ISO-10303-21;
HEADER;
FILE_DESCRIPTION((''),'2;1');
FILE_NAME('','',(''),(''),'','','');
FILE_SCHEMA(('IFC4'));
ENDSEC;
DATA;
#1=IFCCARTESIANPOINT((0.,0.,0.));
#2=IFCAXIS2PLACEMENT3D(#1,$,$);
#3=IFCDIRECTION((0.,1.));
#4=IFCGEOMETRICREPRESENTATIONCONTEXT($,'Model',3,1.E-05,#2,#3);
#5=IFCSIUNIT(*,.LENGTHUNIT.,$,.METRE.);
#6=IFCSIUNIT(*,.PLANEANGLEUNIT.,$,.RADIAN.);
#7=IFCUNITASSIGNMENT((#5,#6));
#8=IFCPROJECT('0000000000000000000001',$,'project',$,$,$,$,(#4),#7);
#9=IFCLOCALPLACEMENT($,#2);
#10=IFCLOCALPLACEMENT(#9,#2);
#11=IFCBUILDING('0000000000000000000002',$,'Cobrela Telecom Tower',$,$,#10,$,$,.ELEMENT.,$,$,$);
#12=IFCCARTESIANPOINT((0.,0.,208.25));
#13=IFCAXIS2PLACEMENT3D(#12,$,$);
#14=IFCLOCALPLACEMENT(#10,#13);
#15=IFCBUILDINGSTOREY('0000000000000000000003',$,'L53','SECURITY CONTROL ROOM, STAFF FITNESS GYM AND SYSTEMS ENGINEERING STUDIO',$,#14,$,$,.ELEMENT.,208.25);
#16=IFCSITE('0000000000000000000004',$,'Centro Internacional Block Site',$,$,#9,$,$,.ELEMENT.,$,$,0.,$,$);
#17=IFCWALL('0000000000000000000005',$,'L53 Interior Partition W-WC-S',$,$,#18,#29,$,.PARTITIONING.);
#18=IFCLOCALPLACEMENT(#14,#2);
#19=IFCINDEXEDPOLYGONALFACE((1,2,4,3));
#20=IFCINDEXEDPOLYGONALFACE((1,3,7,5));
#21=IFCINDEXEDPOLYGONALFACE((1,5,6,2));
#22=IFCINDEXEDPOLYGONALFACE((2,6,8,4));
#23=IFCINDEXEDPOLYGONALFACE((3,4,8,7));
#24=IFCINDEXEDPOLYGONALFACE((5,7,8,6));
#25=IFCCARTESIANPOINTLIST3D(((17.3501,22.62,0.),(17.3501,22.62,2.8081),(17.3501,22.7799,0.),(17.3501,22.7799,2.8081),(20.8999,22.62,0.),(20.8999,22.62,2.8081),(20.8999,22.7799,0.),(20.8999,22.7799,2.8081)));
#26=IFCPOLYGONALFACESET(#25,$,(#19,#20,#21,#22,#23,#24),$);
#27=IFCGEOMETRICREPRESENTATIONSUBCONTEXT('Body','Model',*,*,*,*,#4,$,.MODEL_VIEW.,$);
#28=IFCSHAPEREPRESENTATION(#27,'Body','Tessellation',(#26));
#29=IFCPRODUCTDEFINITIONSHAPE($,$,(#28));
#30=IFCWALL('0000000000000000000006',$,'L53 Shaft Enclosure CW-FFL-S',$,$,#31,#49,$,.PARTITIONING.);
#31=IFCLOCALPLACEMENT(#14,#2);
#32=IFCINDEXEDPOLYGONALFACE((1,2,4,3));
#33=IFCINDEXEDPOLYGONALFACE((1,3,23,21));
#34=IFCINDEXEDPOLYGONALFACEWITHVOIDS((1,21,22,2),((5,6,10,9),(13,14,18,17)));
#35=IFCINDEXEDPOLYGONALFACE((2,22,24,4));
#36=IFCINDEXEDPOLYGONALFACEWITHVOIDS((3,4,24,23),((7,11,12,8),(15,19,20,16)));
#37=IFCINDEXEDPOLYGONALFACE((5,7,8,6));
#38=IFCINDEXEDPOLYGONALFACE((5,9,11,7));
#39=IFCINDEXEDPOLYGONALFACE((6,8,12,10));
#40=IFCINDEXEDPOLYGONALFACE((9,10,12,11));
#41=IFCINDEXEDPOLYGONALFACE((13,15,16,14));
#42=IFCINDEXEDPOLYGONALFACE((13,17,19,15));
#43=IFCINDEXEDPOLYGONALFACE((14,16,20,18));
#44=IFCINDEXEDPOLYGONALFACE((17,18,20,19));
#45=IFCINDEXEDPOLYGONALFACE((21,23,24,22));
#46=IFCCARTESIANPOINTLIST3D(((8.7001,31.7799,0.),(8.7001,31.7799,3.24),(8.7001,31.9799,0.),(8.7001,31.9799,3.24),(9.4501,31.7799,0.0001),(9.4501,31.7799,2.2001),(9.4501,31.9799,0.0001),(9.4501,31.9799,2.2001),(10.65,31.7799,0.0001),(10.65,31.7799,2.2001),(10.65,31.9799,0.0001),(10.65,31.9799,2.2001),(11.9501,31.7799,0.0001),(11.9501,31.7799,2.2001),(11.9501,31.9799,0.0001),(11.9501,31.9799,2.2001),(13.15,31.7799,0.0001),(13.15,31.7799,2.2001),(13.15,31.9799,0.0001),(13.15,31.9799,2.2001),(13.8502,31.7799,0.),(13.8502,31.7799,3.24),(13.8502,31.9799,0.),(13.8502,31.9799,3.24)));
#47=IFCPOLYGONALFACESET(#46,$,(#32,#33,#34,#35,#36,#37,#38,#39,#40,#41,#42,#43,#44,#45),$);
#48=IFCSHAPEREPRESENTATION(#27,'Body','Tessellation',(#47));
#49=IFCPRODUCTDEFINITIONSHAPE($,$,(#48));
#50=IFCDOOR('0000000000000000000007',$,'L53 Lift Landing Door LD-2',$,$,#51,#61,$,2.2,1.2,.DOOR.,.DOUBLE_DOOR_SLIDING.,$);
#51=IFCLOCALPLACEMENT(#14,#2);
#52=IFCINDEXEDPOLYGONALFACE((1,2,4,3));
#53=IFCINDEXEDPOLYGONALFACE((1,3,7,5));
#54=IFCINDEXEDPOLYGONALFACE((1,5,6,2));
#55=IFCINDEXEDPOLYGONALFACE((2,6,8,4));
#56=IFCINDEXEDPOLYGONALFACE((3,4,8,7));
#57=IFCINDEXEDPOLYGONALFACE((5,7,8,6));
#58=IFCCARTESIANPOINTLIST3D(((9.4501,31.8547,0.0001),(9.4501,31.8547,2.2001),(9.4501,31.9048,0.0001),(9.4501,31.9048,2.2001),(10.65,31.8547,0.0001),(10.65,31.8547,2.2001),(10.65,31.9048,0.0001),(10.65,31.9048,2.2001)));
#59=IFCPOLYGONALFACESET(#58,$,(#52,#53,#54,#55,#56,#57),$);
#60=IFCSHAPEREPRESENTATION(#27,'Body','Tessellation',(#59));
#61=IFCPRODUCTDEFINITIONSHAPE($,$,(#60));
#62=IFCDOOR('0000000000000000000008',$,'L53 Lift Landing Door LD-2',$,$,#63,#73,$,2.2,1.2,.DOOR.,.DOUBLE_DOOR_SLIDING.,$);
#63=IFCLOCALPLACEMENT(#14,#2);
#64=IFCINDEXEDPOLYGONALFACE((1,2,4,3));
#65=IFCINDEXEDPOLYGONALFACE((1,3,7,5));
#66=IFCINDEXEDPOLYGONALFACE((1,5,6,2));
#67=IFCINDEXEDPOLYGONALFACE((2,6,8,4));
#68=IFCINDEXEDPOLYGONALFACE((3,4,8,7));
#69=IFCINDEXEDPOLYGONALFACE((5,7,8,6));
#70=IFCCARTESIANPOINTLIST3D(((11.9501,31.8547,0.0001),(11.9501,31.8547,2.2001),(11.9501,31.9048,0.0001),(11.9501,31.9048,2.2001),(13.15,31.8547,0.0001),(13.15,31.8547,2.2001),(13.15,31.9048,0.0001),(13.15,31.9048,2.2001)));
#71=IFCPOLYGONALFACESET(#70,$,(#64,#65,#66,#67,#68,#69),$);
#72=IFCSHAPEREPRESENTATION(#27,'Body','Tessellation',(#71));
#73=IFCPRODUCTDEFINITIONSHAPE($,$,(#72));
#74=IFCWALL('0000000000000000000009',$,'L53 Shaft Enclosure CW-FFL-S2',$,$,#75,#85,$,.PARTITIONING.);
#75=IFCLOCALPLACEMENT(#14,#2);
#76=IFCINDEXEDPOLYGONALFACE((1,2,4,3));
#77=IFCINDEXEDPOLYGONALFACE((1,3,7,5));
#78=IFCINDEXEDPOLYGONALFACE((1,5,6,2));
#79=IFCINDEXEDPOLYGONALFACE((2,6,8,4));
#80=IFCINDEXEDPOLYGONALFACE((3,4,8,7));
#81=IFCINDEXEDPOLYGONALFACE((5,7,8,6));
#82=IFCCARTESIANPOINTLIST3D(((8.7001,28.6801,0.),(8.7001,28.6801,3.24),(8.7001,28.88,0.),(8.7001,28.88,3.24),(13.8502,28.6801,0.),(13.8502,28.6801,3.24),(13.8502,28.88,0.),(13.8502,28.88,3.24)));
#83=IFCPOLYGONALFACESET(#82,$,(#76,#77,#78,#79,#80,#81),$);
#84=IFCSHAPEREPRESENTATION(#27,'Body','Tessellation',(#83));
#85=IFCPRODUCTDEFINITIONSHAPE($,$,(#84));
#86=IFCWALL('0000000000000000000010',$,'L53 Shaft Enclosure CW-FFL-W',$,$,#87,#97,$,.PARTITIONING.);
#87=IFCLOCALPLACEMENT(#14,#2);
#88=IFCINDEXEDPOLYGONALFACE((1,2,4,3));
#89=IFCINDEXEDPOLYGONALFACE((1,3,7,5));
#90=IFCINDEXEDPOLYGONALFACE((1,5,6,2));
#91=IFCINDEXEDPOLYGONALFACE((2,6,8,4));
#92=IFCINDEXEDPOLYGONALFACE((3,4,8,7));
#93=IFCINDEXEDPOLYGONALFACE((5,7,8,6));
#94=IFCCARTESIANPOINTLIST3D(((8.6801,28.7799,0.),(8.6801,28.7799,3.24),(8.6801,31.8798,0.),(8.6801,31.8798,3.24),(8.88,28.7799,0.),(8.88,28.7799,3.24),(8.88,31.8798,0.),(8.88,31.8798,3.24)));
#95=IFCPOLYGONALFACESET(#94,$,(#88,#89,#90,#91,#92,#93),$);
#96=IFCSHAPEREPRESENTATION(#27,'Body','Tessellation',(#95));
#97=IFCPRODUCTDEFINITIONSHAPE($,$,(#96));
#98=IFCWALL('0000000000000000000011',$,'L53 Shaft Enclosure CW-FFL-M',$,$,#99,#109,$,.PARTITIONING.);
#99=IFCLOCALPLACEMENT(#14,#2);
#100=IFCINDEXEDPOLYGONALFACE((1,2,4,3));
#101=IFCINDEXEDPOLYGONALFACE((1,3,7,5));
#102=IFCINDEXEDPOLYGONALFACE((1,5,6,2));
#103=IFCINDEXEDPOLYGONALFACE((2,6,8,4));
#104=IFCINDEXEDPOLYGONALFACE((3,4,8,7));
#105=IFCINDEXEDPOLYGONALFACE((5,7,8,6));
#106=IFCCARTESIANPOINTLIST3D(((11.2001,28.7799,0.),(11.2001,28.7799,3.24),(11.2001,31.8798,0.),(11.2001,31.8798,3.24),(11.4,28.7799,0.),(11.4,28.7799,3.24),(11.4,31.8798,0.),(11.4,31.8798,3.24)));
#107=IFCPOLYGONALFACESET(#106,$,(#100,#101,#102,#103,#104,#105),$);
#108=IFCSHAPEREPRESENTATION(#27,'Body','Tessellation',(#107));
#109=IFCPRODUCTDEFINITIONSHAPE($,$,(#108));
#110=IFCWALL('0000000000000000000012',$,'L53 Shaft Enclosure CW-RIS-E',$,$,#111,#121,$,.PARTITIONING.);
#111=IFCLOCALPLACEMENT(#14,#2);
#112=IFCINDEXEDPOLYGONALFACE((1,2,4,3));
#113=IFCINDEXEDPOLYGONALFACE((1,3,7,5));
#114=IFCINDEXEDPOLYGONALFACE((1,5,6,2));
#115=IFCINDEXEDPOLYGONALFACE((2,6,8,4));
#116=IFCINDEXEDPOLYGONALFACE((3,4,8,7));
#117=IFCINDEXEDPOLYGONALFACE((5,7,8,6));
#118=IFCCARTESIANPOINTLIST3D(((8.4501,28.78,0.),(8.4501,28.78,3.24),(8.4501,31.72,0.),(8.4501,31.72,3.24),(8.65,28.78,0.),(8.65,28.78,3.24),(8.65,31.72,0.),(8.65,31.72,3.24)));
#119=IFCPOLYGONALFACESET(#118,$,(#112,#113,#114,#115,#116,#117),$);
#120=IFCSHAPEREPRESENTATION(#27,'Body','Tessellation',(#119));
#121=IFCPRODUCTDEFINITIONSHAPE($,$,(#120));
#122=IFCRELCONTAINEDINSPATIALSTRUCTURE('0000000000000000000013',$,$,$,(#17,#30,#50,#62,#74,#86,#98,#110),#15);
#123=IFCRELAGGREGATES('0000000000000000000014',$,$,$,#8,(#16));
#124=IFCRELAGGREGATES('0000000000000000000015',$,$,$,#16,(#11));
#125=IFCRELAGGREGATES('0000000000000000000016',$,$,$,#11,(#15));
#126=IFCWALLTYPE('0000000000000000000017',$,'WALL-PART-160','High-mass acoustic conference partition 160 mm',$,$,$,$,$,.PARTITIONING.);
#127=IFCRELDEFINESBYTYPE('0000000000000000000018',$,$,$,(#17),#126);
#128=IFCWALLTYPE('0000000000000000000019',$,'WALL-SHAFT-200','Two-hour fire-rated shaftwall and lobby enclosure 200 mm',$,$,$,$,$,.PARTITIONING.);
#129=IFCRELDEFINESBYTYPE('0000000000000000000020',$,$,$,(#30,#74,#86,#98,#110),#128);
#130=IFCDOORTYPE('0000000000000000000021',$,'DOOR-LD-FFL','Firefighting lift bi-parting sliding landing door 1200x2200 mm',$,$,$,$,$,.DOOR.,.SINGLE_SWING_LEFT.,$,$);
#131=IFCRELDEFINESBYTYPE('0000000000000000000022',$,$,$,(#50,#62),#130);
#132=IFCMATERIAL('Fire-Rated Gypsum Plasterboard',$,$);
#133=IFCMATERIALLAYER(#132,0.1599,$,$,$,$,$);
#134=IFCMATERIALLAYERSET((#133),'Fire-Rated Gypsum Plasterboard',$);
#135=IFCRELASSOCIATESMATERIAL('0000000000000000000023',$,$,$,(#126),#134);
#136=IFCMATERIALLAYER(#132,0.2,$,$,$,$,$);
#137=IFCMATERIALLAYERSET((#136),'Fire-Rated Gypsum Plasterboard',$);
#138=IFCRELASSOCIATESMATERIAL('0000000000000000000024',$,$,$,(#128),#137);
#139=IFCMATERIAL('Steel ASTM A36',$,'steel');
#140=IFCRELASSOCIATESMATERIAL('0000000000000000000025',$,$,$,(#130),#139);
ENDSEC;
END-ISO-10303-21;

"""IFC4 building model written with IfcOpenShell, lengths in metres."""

from ifc_helpers import new_model, si_unit, direction, frame, frame_2d, origin, place, context, subcontext, project, spatial, rectangle, extrude, material, layer, layer_set, type_object, element, fill, save


model = new_model("IFC4")

# Units and contexts
model_context = context("Model", 3, precision=1e-05, world=origin(), true_north=direction((0.0, 1.0)))
body_context = subcontext(model_context, "Body", "Model", "MODEL_VIEW")
ifc_project = project(units=[si_unit("LENGTHUNIT", "METRE"), si_unit("PLANEANGLEUNIT", "RADIAN")], contexts=[model_context])

# Site, building, storey
site_placement = place(None, origin())
site = spatial("IfcSite", under=ifc_project, at=site_placement, Name="Centro Internacional Block Site", CompositionType="ELEMENT", RefElevation=0.0)
building_placement = place(site_placement, origin())
building = spatial("IfcBuilding", under=site, at=building_placement, Name="Cobrela Telecom Tower", CompositionType="ELEMENT")
storey_placement = place(building_placement, frame((0.0, 0.0, 208.25)))
storey = spatial("IfcBuildingStorey", under=building, at=storey_placement, Name="L53", Description="SECURITY CONTROL ROOM, STAFF FITNESS GYM AND SYSTEMS ENGINEERING STUDIO", CompositionType="ELEMENT", Elevation=208.25)

# Shared definitions
ifc_material_1 = material(Name="Steel ASTM A36", Category="steel")

# Shared definitions
ifc_material_2 = material(Name="Fire-Rated Gypsum Plasterboard")

# Wall
ifc_layer_1 = layer(ifc_material_2, 0.1599)
ifc_layer_set_1 = layer_set([ifc_layer_1], Name="Fire-Rated Gypsum Plasterboard")
wall_type_1 = type_object("IfcWallType", Name="WALL-PART-160", Description="High-mass acoustic conference partition 160 mm", PredefinedType="PARTITIONING", material=ifc_layer_set_1)
wall_1_placement = place(storey_placement, frame((17.3501, 22.7, 0.0), z_axis=(0.0, 0.0, 1.0), x_axis=(1.0, 0.0, 0.0)))
element("IfcWall", 1, at=wall_1_placement, inside=storey, type_object=wall_type_1, Name="L53 Interior Partition W-WC-S", PredefinedType="PARTITIONING", context=body_context, shape_type="SweptSolid", body=[
    extrude(rectangle(XDim=3.5498, YDim=0.1599, at=frame_2d((1.7749, 0.0))), origin(), (0.0, 0.0, 1.0), 2.8081),
])

# Wall, openings, doors
ifc_layer_2 = layer(ifc_material_2, 0.2)
ifc_layer_set_2 = layer_set([ifc_layer_2], Name="Fire-Rated Gypsum Plasterboard")
wall_type_2 = type_object("IfcWallType", Name="WALL-SHAFT-200", Description="Two-hour fire-rated shaftwall and lobby enclosure 200 mm", PredefinedType="PARTITIONING", material=ifc_layer_set_2)
wall_2_placement = place(storey_placement, frame((8.7, 31.8799, 0.0), z_axis=(0.0, 0.0, 1.0), x_axis=(1.0, 0.0, 0.0)))
wall_2 = element("IfcWall", 2, at=wall_2_placement, inside=storey, type_object=wall_type_2, Name="L53 Shaft Enclosure CW-FFL-S", PredefinedType="PARTITIONING", context=body_context, shape_type="SweptSolid", body=[
    extrude(rectangle(XDim=5.1501, YDim=0.2, at=frame_2d((2.5752, 0.0))), origin(), (0.0, 0.0, 1.0), 3.24),
])
opening_1_placement = place(wall_2_placement, frame((0.75, 0.0, 0.0)))
opening_1 = element("IfcOpeningElement", 3, at=opening_1_placement, cuts=wall_2, PredefinedType="OPENING", context=body_context, shape_type="SweptSolid", body=[
    extrude(rectangle(XDim=1.2, YDim=2.2, at=frame_2d((0.6001, 1.1001))), frame((0.0, 0.1118, 0.0), z_axis=(0.0, -1.0, 0.0), x_axis=(1.0, 0.0, 0.0)), (0.0, 0.0, 1.0), 0.2239),
])
opening_2_placement = place(wall_2_placement, frame((3.25, 0.0, 0.0)))
opening_2 = element("IfcOpeningElement", 4, at=opening_2_placement, cuts=wall_2, PredefinedType="OPENING", context=body_context, shape_type="SweptSolid", body=[
    extrude(rectangle(XDim=1.2, YDim=2.2, at=frame_2d((0.6001, 1.1001))), frame((0.0, 0.1118, 0.0), z_axis=(0.0, -1.0, 0.0), x_axis=(1.0, 0.0, 0.0)), (0.0, 0.0, 1.0), 0.2239),
])
door_type_1 = type_object("IfcDoorType", Name="DOOR-LD-FFL", Description="Firefighting lift bi-parting sliding landing door 1200x2200 mm", OperationType="SINGLE_SWING_LEFT", PredefinedType="DOOR", material=ifc_material_1)
door_1_placement = place(opening_1_placement, origin())
door_1 = element("IfcDoor", 5, at=door_1_placement, inside=storey, type_object=door_type_1, Name="L53 Lift Landing Door LD-2", OperationType="DOUBLE_DOOR_SLIDING", OverallHeight=2.2, OverallWidth=1.2, PredefinedType="DOOR", context=body_context, shape_type="SweptSolid", body=[
    extrude(rectangle(XDim=1.2, YDim=2.2, at=frame_2d((0.6001, 1.1001))), frame((0.0, 0.0249, 0.0), z_axis=(0.0, -1.0, 0.0), x_axis=(1.0, 0.0, 0.0)), (0.0, 0.0, 1.0), 0.05),
])
fill(opening_1, door_1)
door_2_placement = place(opening_2_placement, origin())
door_2 = element("IfcDoor", 6, at=door_2_placement, inside=storey, type_object=door_type_1, Name="L53 Lift Landing Door LD-2", OperationType="DOUBLE_DOOR_SLIDING", OverallHeight=2.2, OverallWidth=1.2, PredefinedType="DOOR", context=body_context, shape_type="SweptSolid", body=[
    extrude(rectangle(XDim=1.2, YDim=2.2, at=frame_2d((0.6001, 1.1001))), frame((0.0, 0.0249, 0.0), z_axis=(0.0, -1.0, 0.0), x_axis=(1.0, 0.0, 0.0)), (0.0, 0.0, 1.0), 0.05),
])
fill(opening_2, door_2)

# Walls
wall_3_placement = place(storey_placement, frame((8.7, 28.78, 0.0), z_axis=(0.0, 0.0, 1.0), x_axis=(1.0, 0.0, 0.0)))
element("IfcWall", 7, at=wall_3_placement, inside=storey, type_object=wall_type_2, Name="L53 Shaft Enclosure CW-FFL-S2", PredefinedType="PARTITIONING", context=body_context, shape_type="SweptSolid", body=[
    extrude(rectangle(XDim=5.1501, YDim=0.2, at=frame_2d((2.5752, 0.0))), origin(), (0.0, 0.0, 1.0), 3.24),
])
for number, where, z_axis, x_axis, name in (
    (8, (8.78, 28.78, 0.0), (0.0, 0.0, 1.0), (0.0, 1.0, 0.0), "L53 Shaft Enclosure CW-FFL-W"),
    (9, (11.3, 28.78, 0.0), (0.0, 0.0, 1.0), (0.0, 1.0, 0.0), "L53 Shaft Enclosure CW-FFL-M"),
):
    element("IfcWall", number, at=place(storey_placement, frame(where, z_axis=z_axis, x_axis=x_axis)), inside=storey, type_object=wall_type_2, Name=name, PredefinedType="PARTITIONING", context=body_context, shape_type="SweptSolid", body=[
        extrude(rectangle(XDim=3.0999, YDim=0.2, at=frame_2d((1.5498, 0.0))), origin(), (0.0, 0.0, 1.0), 3.24),
    ])
wall_4_placement = place(storey_placement, frame((8.55, 28.78, 0.0), z_axis=(0.0, 0.0, 1.0), x_axis=(0.0, 1.0, 0.0)))
element("IfcWall", 10, at=wall_4_placement, inside=storey, type_object=wall_type_2, Name="L53 Shaft Enclosure CW-RIS-E", PredefinedType="PARTITIONING", context=body_context, shape_type="SweptSolid", body=[
    extrude(rectangle(XDim=2.9399, YDim=0.2, at=frame_2d((1.47, 0.0))), origin(), (0.0, 0.0, 1.0), 3.24),
])

save(model, "model.ifc")
